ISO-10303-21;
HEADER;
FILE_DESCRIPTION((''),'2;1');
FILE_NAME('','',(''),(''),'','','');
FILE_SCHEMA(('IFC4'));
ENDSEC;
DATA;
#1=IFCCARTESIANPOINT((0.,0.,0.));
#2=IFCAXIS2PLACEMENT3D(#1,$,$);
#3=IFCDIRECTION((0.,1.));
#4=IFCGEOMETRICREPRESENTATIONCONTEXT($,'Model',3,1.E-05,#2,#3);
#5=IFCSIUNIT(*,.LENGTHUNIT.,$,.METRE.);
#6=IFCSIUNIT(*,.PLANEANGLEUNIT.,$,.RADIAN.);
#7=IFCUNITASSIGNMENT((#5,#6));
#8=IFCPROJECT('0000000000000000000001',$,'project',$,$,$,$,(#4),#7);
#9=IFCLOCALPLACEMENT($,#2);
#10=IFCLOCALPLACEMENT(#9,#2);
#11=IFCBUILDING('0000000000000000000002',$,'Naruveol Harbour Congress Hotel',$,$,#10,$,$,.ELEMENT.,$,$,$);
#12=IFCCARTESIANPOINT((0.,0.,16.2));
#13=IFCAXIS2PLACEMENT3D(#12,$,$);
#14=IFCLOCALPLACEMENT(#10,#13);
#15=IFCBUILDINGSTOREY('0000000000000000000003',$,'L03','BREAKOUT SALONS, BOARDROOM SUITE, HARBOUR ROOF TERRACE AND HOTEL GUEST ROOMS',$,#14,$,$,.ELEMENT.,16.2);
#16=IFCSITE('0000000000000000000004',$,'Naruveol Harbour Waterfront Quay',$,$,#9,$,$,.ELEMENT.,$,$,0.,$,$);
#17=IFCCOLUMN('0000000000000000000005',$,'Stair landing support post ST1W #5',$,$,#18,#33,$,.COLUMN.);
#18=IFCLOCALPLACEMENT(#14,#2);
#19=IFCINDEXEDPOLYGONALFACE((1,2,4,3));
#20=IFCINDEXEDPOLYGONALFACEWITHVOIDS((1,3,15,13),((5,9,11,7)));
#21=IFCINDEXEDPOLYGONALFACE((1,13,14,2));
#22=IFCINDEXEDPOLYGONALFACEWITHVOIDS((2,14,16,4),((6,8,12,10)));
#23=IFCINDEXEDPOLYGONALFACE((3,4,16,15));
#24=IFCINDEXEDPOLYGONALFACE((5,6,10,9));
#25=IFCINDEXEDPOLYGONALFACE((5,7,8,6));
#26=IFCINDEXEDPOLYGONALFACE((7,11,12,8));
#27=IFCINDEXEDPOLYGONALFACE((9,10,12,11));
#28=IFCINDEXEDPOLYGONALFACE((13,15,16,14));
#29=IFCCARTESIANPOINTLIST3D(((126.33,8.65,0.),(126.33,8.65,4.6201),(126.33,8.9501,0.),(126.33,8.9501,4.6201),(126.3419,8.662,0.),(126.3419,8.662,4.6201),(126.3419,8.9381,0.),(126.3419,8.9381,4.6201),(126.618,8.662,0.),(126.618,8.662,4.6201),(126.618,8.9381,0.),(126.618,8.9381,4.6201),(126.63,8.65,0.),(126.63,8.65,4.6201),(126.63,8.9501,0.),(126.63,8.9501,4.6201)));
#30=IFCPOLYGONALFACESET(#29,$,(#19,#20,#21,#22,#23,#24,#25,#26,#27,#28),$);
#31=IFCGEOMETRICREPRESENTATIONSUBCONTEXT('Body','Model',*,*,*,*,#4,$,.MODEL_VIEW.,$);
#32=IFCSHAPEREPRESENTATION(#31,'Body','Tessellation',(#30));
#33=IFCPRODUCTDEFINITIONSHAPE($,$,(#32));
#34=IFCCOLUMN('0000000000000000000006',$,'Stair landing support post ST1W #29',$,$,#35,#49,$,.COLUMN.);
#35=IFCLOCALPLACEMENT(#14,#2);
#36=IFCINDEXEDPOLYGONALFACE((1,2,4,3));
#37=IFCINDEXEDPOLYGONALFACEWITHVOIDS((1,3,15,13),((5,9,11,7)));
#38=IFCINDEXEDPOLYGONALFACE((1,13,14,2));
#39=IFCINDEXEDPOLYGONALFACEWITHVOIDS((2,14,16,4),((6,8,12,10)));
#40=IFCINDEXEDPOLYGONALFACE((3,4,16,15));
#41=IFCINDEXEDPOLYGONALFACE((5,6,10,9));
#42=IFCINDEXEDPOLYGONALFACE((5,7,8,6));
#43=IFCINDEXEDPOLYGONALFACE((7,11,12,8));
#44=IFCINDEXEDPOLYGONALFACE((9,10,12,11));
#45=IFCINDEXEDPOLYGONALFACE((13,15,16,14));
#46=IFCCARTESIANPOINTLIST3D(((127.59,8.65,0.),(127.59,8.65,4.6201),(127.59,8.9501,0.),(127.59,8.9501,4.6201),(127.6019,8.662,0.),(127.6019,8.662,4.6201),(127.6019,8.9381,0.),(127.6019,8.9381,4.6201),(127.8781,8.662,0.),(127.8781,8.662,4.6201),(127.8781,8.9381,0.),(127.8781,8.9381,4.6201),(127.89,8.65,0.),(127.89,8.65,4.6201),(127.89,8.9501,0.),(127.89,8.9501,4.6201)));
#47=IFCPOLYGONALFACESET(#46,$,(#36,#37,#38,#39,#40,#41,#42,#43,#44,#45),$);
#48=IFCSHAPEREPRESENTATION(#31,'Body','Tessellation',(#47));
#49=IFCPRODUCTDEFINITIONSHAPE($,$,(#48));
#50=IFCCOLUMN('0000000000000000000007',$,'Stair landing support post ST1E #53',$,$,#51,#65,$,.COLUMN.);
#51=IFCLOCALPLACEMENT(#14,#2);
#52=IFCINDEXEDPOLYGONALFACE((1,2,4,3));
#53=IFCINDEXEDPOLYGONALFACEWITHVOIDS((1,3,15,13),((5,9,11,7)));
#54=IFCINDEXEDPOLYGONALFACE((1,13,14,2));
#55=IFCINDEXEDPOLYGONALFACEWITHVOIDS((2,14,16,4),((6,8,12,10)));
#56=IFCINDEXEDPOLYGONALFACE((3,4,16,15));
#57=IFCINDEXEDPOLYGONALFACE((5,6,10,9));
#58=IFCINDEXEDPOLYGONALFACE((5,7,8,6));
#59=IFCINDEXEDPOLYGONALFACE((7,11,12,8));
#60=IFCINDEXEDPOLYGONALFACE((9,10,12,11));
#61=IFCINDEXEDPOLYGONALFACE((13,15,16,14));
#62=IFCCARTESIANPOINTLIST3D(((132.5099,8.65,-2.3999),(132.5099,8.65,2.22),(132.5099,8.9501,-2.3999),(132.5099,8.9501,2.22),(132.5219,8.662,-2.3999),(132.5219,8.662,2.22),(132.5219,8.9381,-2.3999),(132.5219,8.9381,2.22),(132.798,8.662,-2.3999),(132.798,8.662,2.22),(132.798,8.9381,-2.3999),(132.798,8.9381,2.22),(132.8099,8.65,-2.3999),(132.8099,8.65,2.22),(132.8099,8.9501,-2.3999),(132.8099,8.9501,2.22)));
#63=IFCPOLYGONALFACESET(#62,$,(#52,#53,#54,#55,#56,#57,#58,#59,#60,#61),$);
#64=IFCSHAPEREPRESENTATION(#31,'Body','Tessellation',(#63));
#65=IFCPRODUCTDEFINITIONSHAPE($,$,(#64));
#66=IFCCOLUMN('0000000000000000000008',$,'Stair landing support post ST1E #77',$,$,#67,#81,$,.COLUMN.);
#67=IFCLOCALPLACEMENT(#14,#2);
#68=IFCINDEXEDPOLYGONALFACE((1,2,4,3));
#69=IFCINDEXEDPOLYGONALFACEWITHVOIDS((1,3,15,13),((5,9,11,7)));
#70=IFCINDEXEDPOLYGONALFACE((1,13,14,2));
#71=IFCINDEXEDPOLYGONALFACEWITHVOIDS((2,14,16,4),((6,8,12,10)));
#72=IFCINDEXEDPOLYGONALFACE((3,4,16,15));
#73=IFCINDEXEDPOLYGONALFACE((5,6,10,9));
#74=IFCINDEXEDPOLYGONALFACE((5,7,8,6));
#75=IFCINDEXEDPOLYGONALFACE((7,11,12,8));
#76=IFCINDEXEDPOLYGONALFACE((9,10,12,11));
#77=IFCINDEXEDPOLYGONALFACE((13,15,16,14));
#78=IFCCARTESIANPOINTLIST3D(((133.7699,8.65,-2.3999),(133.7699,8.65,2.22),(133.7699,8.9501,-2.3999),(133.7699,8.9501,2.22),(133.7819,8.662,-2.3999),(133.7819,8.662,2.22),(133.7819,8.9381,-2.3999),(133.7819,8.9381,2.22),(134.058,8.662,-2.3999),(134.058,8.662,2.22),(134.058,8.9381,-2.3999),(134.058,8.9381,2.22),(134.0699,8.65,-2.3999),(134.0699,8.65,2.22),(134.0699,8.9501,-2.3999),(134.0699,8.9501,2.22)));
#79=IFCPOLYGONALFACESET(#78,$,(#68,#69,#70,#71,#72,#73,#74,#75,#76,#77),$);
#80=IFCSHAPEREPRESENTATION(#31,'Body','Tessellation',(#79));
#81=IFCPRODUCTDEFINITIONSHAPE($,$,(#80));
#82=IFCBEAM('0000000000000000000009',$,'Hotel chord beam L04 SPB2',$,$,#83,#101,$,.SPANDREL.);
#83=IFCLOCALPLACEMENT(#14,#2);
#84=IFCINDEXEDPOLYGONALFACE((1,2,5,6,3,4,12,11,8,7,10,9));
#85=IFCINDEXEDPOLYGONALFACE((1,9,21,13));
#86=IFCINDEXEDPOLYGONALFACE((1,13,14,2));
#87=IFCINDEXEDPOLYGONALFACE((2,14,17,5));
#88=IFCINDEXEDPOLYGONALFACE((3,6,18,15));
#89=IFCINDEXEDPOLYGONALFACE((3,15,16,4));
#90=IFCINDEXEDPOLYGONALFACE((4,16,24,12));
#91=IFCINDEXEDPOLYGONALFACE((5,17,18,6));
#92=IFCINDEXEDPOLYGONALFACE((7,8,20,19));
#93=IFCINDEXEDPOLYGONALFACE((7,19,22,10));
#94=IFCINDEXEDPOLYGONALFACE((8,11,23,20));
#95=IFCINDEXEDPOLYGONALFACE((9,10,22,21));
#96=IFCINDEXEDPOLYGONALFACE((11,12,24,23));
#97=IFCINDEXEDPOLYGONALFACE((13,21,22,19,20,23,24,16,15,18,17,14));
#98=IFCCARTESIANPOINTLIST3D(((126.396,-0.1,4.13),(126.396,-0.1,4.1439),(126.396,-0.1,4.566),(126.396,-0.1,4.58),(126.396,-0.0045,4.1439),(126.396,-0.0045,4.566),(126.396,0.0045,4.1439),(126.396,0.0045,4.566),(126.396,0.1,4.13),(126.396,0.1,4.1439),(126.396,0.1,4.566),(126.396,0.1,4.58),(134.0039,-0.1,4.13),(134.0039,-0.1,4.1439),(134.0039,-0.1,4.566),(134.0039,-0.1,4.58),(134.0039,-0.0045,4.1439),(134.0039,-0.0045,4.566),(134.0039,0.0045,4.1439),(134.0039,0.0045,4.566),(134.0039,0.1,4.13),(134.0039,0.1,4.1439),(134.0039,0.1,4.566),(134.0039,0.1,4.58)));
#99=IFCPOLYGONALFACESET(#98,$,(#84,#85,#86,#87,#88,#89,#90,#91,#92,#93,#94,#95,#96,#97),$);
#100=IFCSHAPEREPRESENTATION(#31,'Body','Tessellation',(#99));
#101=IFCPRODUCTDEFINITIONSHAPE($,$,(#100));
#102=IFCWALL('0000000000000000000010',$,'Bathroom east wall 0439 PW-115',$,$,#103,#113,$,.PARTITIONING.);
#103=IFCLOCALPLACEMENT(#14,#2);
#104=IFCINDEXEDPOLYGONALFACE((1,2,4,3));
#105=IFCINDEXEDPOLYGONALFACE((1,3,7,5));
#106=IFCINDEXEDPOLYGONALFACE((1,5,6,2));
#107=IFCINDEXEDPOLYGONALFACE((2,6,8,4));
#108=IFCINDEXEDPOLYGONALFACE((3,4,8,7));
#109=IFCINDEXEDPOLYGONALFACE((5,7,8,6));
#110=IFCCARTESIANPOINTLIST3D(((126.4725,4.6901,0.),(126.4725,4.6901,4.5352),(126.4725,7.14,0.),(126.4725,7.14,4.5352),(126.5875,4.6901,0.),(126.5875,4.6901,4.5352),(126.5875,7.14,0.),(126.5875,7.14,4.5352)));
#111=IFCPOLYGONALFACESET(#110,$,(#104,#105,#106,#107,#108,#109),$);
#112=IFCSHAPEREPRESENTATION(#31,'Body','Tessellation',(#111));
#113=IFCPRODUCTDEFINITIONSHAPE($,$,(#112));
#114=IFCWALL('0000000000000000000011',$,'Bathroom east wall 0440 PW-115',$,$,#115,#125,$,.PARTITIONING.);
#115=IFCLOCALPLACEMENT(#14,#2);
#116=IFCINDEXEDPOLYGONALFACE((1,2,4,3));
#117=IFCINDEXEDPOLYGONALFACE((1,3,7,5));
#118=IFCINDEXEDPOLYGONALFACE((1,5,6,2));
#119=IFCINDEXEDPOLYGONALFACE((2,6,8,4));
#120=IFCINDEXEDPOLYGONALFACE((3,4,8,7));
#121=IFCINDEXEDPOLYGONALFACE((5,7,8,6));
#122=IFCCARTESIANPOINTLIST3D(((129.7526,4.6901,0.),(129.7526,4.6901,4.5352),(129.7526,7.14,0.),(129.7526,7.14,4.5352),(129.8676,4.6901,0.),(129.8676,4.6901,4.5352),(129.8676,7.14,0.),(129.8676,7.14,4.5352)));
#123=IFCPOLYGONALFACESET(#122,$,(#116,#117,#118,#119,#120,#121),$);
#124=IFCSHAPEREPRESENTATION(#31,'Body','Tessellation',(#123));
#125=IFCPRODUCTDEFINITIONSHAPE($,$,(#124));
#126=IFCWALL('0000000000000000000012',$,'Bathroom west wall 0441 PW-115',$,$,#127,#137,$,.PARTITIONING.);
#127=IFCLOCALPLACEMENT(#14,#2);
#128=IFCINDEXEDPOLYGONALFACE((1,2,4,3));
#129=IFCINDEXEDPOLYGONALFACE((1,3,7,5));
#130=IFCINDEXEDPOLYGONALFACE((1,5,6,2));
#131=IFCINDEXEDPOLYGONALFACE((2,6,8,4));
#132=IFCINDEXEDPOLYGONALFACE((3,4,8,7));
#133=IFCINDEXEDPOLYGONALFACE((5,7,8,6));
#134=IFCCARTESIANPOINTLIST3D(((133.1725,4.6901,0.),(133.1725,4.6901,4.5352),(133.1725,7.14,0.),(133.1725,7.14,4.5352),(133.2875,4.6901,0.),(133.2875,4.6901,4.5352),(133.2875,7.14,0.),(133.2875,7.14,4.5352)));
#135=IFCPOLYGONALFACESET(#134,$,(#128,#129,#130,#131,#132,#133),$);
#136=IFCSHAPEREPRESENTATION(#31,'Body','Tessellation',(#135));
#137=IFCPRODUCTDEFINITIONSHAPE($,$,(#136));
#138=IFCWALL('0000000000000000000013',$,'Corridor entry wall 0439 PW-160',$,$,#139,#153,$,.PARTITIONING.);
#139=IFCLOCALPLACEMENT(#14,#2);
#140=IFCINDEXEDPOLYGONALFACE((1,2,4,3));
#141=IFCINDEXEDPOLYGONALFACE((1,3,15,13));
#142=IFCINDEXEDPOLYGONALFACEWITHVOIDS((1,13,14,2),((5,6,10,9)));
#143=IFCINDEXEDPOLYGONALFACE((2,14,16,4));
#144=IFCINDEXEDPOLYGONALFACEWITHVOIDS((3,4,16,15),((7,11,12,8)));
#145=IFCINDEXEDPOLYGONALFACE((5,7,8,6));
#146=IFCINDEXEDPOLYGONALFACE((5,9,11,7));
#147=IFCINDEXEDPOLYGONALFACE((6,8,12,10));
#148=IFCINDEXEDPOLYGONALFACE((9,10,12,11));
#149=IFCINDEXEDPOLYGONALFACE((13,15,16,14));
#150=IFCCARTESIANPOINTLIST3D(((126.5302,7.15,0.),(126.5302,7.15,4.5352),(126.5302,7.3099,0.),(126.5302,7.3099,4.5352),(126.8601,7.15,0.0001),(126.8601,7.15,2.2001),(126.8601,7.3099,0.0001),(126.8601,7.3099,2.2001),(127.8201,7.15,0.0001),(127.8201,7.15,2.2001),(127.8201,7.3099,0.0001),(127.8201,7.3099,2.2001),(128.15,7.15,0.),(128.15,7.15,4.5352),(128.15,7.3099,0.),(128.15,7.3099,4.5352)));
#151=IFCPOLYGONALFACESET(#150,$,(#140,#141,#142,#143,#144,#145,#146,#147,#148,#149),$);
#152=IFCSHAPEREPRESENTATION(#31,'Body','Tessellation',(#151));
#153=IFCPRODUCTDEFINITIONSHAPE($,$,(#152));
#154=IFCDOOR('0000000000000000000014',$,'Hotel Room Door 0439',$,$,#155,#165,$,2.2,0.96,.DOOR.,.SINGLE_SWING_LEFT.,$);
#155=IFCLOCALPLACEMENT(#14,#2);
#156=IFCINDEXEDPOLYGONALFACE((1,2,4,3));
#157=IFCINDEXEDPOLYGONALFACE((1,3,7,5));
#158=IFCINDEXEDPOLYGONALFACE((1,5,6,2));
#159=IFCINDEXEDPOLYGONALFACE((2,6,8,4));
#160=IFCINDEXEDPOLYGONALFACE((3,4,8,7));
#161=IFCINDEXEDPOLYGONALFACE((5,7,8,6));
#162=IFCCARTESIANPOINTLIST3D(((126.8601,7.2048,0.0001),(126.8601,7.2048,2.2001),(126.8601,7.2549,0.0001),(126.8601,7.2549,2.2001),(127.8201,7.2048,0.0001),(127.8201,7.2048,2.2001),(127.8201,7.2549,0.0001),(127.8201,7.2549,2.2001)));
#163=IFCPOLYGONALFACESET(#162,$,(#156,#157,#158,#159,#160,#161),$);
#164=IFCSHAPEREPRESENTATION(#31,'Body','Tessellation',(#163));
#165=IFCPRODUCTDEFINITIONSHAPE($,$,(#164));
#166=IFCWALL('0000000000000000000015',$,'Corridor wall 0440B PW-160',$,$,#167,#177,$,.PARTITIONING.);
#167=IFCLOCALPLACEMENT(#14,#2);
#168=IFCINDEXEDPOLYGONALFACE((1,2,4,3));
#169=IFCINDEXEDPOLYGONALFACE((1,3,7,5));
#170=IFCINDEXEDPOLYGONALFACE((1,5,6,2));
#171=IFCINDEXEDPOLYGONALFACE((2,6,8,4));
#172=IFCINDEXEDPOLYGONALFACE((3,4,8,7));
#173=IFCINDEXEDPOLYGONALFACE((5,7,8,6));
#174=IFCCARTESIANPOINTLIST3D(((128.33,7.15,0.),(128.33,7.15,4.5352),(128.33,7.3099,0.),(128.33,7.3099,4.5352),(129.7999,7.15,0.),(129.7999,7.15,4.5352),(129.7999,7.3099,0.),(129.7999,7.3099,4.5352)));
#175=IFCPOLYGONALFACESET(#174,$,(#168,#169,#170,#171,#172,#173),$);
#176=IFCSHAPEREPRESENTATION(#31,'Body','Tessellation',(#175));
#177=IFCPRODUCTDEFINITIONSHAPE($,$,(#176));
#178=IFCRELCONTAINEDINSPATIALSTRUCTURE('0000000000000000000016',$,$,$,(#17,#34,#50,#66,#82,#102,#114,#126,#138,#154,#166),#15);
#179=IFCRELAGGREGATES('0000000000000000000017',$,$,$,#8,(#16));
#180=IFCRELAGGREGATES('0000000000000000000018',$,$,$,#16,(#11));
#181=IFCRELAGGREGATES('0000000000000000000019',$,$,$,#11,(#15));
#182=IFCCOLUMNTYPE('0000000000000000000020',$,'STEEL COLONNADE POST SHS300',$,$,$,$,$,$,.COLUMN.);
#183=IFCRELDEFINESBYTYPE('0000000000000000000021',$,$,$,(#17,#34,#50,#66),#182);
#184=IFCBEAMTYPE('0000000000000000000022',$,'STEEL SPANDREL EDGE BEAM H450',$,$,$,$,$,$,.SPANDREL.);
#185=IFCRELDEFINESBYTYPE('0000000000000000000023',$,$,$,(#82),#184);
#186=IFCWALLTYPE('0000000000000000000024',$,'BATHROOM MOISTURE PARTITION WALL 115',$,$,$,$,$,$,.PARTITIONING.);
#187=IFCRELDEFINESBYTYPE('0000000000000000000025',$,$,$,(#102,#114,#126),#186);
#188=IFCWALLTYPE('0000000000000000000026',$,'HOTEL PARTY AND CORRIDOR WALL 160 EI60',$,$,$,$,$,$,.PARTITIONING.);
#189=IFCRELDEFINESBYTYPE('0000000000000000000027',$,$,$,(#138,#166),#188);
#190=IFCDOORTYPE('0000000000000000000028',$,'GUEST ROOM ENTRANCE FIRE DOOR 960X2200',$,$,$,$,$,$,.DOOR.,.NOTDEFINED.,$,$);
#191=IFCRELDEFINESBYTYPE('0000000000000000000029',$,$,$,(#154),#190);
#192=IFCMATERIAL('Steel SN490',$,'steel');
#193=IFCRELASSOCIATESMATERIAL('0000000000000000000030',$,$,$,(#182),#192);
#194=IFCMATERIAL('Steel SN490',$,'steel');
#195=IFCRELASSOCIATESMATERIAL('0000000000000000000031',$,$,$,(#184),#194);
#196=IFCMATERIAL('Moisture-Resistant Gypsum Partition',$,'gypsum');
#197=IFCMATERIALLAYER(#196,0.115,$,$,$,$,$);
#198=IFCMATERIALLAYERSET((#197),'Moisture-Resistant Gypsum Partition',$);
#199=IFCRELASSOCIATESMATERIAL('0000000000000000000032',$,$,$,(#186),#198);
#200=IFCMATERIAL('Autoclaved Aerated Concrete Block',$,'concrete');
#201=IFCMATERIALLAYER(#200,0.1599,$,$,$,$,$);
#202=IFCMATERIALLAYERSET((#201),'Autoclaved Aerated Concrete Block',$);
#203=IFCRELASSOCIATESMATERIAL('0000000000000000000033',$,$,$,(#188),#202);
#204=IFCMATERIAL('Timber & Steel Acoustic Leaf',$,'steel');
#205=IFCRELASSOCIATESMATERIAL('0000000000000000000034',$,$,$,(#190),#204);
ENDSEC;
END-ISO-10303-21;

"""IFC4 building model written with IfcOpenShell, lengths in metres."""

from ifc_helpers import new_model, si_unit, direction, frame, frame_2d, origin, origin_2d, place, context, subcontext, project, spatial, rectangle, hollow_rectangle, i_section, extrude, material, layer, layer_set, material_profile, profile_set, type_object, element, fill, save


model = new_model("IFC4")

# Units and contexts
model_context = context("Model", 3, precision=1e-05, world=origin(), true_north=direction((0.0, 1.0)))
body_context = subcontext(model_context, "Body", "Model", "MODEL_VIEW")
ifc_project = project(units=[si_unit("LENGTHUNIT", "METRE"), si_unit("PLANEANGLEUNIT", "RADIAN")], contexts=[model_context])

# Site, building, storey
site_placement = place(None, origin())
site = spatial("IfcSite", under=ifc_project, at=site_placement, Name="Naruveol Harbour Waterfront Quay", CompositionType="ELEMENT", RefElevation=0.0)
building_placement = place(site_placement, origin())
building = spatial("IfcBuilding", under=site, at=building_placement, Name="Naruveol Harbour Congress Hotel", CompositionType="ELEMENT")
storey_placement = place(building_placement, frame((0.0, 0.0, 16.2)))
storey = spatial("IfcBuildingStorey", under=building, at=storey_placement, Name="L03", Description="BREAKOUT SALONS, BOARDROOM SUITE, HARBOUR ROOF TERRACE AND HOTEL GUEST ROOMS", CompositionType="ELEMENT", Elevation=16.2)

# Columns
ifc_material_1 = material(Name="Steel SN490", Category="steel")
ifc_material_profile_1 = material_profile(ifc_material_1, hollow_rectangle(XDim=0.3, YDim=0.3, WallThickness=0.012, at=origin_2d()), Name="SHS-300x300x12")
ifc_profile_set_1 = profile_set([ifc_material_profile_1], Name="Steel SN490")
column_type = type_object("IfcColumnType", Name="STEEL COLONNADE POST SHS300", PredefinedType="COLUMN", material=ifc_profile_set_1)
for number, where, z_axis, x_axis, name in (
    (1, (126.48, 8.8, 0.0), (0.0, 0.0, 1.0), (1.0, 0.0, 0.0), "Stair landing support post ST1W #5"),
    (2, (127.74, 8.8, 0.0), (0.0, 0.0, 1.0), (1.0, 0.0, 0.0), "Stair landing support post ST1W #29"),
):
    element("IfcColumn", number, at=place(storey_placement, frame(where, z_axis=z_axis, x_axis=x_axis)), inside=storey, type_object=column_type, Name=name, PredefinedType="COLUMN", context=body_context, shape_type="SweptSolid", body=[
        extrude(hollow_rectangle(XDim=0.3, YDim=0.3, WallThickness=0.012, at=origin_2d()), origin(), (0.0, 0.0, 1.0), 4.6201),
    ])
for number, where, z_axis, x_axis, name in (
    (3, (132.6599, 8.8, -2.3999), (0.0, 0.0, 1.0), (1.0, 0.0, 0.0), "Stair landing support post ST1E #53"),
    (4, (133.9199, 8.8, -2.3999), (0.0, 0.0, 1.0), (1.0, 0.0, 0.0), "Stair landing support post ST1E #77"),
):
    element("IfcColumn", number, at=place(storey_placement, frame(where, z_axis=z_axis, x_axis=x_axis)), inside=storey, type_object=column_type, Name=name, PredefinedType="COLUMN", context=body_context, shape_type="SweptSolid", body=[
        extrude(hollow_rectangle(XDim=0.3, YDim=0.3, WallThickness=0.012, at=origin_2d()), origin(), (0.0, 0.0, 1.0), 4.6199),
    ])

# Beam
ifc_material_2 = material(Name="Steel SN490", Category="steel")
ifc_material_profile_2 = material_profile(ifc_material_2, i_section(OverallWidth=0.2, OverallDepth=0.45, WebThickness=0.009, FlangeThickness=0.0139, at=origin_2d()), Name="H-450x200x9x14")
ifc_profile_set_2 = profile_set([ifc_material_profile_2], Name="Steel SN490")
beam_type = type_object("IfcBeamType", Name="STEEL SPANDREL EDGE BEAM H450", PredefinedType="SPANDREL", material=ifc_profile_set_2)
beam_placement = place(storey_placement, frame((126.396, 0.0, 4.355), z_axis=(1.0, 0.0, 0.0), x_axis=(0.0, 1.0, 0.0)))
element("IfcBeam", 5, at=beam_placement, inside=storey, type_object=beam_type, Name="Hotel chord beam L04 SPB2", PredefinedType="SPANDREL", context=body_context, shape_type="SweptSolid", body=[
    extrude(i_section(OverallWidth=0.2, OverallDepth=0.45, WebThickness=0.009, FlangeThickness=0.0139, at=origin_2d()), origin(), (0.0, 0.0, 1.0), 7.6079),
])

# Walls
ifc_material_3 = material(Name="Moisture-Resistant Gypsum Partition", Category="gypsum")
ifc_layer_1 = layer(ifc_material_3, 0.115)
ifc_layer_set_1 = layer_set([ifc_layer_1], Name="Moisture-Resistant Gypsum Partition")
wall_type_1 = type_object("IfcWallType", Name="BATHROOM MOISTURE PARTITION WALL 115", PredefinedType="PARTITIONING", material=ifc_layer_set_1)
for number, where, z_axis, x_axis, name in (
    (6, (126.53, 4.6899, 0.0), (0.0, 0.0, 1.0), (0.0, 1.0, 0.0), "Bathroom east wall 0439 PW-115"),
    (7, (129.8101, 4.6899, 0.0), (0.0, 0.0, 1.0), (0.0, 1.0, 0.0), "Bathroom east wall 0440 PW-115"),
):
    element("IfcWall", number, at=place(storey_placement, frame(where, z_axis=z_axis, x_axis=x_axis)), inside=storey, type_object=wall_type_1, Name=name, PredefinedType="PARTITIONING", context=body_context, shape_type="SweptSolid", body=[
        extrude(rectangle(XDim=2.45, YDim=0.115, at=frame_2d((1.2251, 0.0))), origin(), (0.0, 0.0, 1.0), 4.5352),
    ])

# Wall
wall_1_placement = place(storey_placement, frame((133.23, 4.6899, 0.0), z_axis=(0.0, 0.0, 1.0), x_axis=(0.0, 1.0, 0.0)))
element("IfcWall", 8, at=wall_1_placement, inside=storey, type_object=wall_type_1, Name="Bathroom west wall 0441 PW-115", PredefinedType="PARTITIONING", context=body_context, shape_type="SweptSolid", body=[
    extrude(rectangle(XDim=2.45, YDim=0.115, at=frame_2d((1.2251, 0.0))), origin(), (0.0, 0.0, 1.0), 4.5352),
])

# Wall, opening, door
ifc_material_4 = material(Name="Autoclaved Aerated Concrete Block", Category="concrete")
ifc_layer_2 = layer(ifc_material_4, 0.1599)
ifc_layer_set_2 = layer_set([ifc_layer_2], Name="Autoclaved Aerated Concrete Block")
wall_type_2 = type_object("IfcWallType", Name="HOTEL PARTY AND CORRIDOR WALL 160 EI60", PredefinedType="PARTITIONING", material=ifc_layer_set_2)
wall_2_placement = place(storey_placement, frame((126.53, 7.23, 0.0), z_axis=(0.0, 0.0, 1.0), x_axis=(1.0, 0.0, 0.0)))
wall_2 = element("IfcWall", 9, at=wall_2_placement, inside=storey, type_object=wall_type_2, Name="Corridor entry wall 0439 PW-160", PredefinedType="PARTITIONING", context=body_context, shape_type="SweptSolid", body=[
    extrude(rectangle(XDim=1.6199, YDim=0.1599, at=frame_2d((0.8101, 0.0))), origin(), (0.0, 0.0, 1.0), 4.5352),
])
opening_1_placement = place(wall_2_placement, frame((0.3301, 0.0, 0.0)))
opening_1 = element("IfcOpeningElement", 10, at=opening_1_placement, cuts=wall_2, PredefinedType="OPENING", context=body_context, shape_type="SweptSolid", body=[
    extrude(rectangle(XDim=0.96, YDim=2.2, at=frame_2d((0.48, 1.1001))), frame((0.0, 0.0898, 0.0), z_axis=(0.0, -1.0, 0.0), x_axis=(1.0, 0.0, 0.0)), (0.0, 0.0, 1.0), 0.1799),
])
ifc_material_5 = material(Name="Timber & Steel Acoustic Leaf", Category="steel")
door_type_1 = type_object("IfcDoorType", Name="GUEST ROOM ENTRANCE FIRE DOOR 960X2200", OperationType="NOTDEFINED", PredefinedType="DOOR", material=ifc_material_5)
door_1_placement = place(opening_1_placement, origin())
door_1 = element("IfcDoor", 11, at=door_1_placement, inside=storey, type_object=door_type_1, Name="Hotel Room Door 0439", OperationType="SINGLE_SWING_LEFT", OverallHeight=2.2, OverallWidth=0.96, PredefinedType="DOOR", context=body_context, shape_type="SweptSolid", body=[
    extrude(rectangle(XDim=0.96, YDim=2.2, at=frame_2d((0.48, 1.1001))), frame((0.0, 0.0249, 0.0), z_axis=(0.0, -1.0, 0.0), x_axis=(1.0, 0.0, 0.0)), (0.0, 0.0, 1.0), 0.05),
])
fill(opening_1, door_1)

# Wall
wall_3_placement = place(storey_placement, frame((128.3301, 7.23, 0.0), z_axis=(0.0, 0.0, 1.0), x_axis=(1.0, 0.0, 0.0)))
element("IfcWall", 12, at=wall_3_placement, inside=storey, type_object=wall_type_2, Name="Corridor wall 0440B PW-160", PredefinedType="PARTITIONING", context=body_context, shape_type="SweptSolid", body=[
    extrude(rectangle(XDim=1.47, YDim=0.1599, at=frame_2d((0.7349, 0.0))), origin(), (0.0, 0.0, 1.0), 4.5352),
])

save(model, "model.ifc")
